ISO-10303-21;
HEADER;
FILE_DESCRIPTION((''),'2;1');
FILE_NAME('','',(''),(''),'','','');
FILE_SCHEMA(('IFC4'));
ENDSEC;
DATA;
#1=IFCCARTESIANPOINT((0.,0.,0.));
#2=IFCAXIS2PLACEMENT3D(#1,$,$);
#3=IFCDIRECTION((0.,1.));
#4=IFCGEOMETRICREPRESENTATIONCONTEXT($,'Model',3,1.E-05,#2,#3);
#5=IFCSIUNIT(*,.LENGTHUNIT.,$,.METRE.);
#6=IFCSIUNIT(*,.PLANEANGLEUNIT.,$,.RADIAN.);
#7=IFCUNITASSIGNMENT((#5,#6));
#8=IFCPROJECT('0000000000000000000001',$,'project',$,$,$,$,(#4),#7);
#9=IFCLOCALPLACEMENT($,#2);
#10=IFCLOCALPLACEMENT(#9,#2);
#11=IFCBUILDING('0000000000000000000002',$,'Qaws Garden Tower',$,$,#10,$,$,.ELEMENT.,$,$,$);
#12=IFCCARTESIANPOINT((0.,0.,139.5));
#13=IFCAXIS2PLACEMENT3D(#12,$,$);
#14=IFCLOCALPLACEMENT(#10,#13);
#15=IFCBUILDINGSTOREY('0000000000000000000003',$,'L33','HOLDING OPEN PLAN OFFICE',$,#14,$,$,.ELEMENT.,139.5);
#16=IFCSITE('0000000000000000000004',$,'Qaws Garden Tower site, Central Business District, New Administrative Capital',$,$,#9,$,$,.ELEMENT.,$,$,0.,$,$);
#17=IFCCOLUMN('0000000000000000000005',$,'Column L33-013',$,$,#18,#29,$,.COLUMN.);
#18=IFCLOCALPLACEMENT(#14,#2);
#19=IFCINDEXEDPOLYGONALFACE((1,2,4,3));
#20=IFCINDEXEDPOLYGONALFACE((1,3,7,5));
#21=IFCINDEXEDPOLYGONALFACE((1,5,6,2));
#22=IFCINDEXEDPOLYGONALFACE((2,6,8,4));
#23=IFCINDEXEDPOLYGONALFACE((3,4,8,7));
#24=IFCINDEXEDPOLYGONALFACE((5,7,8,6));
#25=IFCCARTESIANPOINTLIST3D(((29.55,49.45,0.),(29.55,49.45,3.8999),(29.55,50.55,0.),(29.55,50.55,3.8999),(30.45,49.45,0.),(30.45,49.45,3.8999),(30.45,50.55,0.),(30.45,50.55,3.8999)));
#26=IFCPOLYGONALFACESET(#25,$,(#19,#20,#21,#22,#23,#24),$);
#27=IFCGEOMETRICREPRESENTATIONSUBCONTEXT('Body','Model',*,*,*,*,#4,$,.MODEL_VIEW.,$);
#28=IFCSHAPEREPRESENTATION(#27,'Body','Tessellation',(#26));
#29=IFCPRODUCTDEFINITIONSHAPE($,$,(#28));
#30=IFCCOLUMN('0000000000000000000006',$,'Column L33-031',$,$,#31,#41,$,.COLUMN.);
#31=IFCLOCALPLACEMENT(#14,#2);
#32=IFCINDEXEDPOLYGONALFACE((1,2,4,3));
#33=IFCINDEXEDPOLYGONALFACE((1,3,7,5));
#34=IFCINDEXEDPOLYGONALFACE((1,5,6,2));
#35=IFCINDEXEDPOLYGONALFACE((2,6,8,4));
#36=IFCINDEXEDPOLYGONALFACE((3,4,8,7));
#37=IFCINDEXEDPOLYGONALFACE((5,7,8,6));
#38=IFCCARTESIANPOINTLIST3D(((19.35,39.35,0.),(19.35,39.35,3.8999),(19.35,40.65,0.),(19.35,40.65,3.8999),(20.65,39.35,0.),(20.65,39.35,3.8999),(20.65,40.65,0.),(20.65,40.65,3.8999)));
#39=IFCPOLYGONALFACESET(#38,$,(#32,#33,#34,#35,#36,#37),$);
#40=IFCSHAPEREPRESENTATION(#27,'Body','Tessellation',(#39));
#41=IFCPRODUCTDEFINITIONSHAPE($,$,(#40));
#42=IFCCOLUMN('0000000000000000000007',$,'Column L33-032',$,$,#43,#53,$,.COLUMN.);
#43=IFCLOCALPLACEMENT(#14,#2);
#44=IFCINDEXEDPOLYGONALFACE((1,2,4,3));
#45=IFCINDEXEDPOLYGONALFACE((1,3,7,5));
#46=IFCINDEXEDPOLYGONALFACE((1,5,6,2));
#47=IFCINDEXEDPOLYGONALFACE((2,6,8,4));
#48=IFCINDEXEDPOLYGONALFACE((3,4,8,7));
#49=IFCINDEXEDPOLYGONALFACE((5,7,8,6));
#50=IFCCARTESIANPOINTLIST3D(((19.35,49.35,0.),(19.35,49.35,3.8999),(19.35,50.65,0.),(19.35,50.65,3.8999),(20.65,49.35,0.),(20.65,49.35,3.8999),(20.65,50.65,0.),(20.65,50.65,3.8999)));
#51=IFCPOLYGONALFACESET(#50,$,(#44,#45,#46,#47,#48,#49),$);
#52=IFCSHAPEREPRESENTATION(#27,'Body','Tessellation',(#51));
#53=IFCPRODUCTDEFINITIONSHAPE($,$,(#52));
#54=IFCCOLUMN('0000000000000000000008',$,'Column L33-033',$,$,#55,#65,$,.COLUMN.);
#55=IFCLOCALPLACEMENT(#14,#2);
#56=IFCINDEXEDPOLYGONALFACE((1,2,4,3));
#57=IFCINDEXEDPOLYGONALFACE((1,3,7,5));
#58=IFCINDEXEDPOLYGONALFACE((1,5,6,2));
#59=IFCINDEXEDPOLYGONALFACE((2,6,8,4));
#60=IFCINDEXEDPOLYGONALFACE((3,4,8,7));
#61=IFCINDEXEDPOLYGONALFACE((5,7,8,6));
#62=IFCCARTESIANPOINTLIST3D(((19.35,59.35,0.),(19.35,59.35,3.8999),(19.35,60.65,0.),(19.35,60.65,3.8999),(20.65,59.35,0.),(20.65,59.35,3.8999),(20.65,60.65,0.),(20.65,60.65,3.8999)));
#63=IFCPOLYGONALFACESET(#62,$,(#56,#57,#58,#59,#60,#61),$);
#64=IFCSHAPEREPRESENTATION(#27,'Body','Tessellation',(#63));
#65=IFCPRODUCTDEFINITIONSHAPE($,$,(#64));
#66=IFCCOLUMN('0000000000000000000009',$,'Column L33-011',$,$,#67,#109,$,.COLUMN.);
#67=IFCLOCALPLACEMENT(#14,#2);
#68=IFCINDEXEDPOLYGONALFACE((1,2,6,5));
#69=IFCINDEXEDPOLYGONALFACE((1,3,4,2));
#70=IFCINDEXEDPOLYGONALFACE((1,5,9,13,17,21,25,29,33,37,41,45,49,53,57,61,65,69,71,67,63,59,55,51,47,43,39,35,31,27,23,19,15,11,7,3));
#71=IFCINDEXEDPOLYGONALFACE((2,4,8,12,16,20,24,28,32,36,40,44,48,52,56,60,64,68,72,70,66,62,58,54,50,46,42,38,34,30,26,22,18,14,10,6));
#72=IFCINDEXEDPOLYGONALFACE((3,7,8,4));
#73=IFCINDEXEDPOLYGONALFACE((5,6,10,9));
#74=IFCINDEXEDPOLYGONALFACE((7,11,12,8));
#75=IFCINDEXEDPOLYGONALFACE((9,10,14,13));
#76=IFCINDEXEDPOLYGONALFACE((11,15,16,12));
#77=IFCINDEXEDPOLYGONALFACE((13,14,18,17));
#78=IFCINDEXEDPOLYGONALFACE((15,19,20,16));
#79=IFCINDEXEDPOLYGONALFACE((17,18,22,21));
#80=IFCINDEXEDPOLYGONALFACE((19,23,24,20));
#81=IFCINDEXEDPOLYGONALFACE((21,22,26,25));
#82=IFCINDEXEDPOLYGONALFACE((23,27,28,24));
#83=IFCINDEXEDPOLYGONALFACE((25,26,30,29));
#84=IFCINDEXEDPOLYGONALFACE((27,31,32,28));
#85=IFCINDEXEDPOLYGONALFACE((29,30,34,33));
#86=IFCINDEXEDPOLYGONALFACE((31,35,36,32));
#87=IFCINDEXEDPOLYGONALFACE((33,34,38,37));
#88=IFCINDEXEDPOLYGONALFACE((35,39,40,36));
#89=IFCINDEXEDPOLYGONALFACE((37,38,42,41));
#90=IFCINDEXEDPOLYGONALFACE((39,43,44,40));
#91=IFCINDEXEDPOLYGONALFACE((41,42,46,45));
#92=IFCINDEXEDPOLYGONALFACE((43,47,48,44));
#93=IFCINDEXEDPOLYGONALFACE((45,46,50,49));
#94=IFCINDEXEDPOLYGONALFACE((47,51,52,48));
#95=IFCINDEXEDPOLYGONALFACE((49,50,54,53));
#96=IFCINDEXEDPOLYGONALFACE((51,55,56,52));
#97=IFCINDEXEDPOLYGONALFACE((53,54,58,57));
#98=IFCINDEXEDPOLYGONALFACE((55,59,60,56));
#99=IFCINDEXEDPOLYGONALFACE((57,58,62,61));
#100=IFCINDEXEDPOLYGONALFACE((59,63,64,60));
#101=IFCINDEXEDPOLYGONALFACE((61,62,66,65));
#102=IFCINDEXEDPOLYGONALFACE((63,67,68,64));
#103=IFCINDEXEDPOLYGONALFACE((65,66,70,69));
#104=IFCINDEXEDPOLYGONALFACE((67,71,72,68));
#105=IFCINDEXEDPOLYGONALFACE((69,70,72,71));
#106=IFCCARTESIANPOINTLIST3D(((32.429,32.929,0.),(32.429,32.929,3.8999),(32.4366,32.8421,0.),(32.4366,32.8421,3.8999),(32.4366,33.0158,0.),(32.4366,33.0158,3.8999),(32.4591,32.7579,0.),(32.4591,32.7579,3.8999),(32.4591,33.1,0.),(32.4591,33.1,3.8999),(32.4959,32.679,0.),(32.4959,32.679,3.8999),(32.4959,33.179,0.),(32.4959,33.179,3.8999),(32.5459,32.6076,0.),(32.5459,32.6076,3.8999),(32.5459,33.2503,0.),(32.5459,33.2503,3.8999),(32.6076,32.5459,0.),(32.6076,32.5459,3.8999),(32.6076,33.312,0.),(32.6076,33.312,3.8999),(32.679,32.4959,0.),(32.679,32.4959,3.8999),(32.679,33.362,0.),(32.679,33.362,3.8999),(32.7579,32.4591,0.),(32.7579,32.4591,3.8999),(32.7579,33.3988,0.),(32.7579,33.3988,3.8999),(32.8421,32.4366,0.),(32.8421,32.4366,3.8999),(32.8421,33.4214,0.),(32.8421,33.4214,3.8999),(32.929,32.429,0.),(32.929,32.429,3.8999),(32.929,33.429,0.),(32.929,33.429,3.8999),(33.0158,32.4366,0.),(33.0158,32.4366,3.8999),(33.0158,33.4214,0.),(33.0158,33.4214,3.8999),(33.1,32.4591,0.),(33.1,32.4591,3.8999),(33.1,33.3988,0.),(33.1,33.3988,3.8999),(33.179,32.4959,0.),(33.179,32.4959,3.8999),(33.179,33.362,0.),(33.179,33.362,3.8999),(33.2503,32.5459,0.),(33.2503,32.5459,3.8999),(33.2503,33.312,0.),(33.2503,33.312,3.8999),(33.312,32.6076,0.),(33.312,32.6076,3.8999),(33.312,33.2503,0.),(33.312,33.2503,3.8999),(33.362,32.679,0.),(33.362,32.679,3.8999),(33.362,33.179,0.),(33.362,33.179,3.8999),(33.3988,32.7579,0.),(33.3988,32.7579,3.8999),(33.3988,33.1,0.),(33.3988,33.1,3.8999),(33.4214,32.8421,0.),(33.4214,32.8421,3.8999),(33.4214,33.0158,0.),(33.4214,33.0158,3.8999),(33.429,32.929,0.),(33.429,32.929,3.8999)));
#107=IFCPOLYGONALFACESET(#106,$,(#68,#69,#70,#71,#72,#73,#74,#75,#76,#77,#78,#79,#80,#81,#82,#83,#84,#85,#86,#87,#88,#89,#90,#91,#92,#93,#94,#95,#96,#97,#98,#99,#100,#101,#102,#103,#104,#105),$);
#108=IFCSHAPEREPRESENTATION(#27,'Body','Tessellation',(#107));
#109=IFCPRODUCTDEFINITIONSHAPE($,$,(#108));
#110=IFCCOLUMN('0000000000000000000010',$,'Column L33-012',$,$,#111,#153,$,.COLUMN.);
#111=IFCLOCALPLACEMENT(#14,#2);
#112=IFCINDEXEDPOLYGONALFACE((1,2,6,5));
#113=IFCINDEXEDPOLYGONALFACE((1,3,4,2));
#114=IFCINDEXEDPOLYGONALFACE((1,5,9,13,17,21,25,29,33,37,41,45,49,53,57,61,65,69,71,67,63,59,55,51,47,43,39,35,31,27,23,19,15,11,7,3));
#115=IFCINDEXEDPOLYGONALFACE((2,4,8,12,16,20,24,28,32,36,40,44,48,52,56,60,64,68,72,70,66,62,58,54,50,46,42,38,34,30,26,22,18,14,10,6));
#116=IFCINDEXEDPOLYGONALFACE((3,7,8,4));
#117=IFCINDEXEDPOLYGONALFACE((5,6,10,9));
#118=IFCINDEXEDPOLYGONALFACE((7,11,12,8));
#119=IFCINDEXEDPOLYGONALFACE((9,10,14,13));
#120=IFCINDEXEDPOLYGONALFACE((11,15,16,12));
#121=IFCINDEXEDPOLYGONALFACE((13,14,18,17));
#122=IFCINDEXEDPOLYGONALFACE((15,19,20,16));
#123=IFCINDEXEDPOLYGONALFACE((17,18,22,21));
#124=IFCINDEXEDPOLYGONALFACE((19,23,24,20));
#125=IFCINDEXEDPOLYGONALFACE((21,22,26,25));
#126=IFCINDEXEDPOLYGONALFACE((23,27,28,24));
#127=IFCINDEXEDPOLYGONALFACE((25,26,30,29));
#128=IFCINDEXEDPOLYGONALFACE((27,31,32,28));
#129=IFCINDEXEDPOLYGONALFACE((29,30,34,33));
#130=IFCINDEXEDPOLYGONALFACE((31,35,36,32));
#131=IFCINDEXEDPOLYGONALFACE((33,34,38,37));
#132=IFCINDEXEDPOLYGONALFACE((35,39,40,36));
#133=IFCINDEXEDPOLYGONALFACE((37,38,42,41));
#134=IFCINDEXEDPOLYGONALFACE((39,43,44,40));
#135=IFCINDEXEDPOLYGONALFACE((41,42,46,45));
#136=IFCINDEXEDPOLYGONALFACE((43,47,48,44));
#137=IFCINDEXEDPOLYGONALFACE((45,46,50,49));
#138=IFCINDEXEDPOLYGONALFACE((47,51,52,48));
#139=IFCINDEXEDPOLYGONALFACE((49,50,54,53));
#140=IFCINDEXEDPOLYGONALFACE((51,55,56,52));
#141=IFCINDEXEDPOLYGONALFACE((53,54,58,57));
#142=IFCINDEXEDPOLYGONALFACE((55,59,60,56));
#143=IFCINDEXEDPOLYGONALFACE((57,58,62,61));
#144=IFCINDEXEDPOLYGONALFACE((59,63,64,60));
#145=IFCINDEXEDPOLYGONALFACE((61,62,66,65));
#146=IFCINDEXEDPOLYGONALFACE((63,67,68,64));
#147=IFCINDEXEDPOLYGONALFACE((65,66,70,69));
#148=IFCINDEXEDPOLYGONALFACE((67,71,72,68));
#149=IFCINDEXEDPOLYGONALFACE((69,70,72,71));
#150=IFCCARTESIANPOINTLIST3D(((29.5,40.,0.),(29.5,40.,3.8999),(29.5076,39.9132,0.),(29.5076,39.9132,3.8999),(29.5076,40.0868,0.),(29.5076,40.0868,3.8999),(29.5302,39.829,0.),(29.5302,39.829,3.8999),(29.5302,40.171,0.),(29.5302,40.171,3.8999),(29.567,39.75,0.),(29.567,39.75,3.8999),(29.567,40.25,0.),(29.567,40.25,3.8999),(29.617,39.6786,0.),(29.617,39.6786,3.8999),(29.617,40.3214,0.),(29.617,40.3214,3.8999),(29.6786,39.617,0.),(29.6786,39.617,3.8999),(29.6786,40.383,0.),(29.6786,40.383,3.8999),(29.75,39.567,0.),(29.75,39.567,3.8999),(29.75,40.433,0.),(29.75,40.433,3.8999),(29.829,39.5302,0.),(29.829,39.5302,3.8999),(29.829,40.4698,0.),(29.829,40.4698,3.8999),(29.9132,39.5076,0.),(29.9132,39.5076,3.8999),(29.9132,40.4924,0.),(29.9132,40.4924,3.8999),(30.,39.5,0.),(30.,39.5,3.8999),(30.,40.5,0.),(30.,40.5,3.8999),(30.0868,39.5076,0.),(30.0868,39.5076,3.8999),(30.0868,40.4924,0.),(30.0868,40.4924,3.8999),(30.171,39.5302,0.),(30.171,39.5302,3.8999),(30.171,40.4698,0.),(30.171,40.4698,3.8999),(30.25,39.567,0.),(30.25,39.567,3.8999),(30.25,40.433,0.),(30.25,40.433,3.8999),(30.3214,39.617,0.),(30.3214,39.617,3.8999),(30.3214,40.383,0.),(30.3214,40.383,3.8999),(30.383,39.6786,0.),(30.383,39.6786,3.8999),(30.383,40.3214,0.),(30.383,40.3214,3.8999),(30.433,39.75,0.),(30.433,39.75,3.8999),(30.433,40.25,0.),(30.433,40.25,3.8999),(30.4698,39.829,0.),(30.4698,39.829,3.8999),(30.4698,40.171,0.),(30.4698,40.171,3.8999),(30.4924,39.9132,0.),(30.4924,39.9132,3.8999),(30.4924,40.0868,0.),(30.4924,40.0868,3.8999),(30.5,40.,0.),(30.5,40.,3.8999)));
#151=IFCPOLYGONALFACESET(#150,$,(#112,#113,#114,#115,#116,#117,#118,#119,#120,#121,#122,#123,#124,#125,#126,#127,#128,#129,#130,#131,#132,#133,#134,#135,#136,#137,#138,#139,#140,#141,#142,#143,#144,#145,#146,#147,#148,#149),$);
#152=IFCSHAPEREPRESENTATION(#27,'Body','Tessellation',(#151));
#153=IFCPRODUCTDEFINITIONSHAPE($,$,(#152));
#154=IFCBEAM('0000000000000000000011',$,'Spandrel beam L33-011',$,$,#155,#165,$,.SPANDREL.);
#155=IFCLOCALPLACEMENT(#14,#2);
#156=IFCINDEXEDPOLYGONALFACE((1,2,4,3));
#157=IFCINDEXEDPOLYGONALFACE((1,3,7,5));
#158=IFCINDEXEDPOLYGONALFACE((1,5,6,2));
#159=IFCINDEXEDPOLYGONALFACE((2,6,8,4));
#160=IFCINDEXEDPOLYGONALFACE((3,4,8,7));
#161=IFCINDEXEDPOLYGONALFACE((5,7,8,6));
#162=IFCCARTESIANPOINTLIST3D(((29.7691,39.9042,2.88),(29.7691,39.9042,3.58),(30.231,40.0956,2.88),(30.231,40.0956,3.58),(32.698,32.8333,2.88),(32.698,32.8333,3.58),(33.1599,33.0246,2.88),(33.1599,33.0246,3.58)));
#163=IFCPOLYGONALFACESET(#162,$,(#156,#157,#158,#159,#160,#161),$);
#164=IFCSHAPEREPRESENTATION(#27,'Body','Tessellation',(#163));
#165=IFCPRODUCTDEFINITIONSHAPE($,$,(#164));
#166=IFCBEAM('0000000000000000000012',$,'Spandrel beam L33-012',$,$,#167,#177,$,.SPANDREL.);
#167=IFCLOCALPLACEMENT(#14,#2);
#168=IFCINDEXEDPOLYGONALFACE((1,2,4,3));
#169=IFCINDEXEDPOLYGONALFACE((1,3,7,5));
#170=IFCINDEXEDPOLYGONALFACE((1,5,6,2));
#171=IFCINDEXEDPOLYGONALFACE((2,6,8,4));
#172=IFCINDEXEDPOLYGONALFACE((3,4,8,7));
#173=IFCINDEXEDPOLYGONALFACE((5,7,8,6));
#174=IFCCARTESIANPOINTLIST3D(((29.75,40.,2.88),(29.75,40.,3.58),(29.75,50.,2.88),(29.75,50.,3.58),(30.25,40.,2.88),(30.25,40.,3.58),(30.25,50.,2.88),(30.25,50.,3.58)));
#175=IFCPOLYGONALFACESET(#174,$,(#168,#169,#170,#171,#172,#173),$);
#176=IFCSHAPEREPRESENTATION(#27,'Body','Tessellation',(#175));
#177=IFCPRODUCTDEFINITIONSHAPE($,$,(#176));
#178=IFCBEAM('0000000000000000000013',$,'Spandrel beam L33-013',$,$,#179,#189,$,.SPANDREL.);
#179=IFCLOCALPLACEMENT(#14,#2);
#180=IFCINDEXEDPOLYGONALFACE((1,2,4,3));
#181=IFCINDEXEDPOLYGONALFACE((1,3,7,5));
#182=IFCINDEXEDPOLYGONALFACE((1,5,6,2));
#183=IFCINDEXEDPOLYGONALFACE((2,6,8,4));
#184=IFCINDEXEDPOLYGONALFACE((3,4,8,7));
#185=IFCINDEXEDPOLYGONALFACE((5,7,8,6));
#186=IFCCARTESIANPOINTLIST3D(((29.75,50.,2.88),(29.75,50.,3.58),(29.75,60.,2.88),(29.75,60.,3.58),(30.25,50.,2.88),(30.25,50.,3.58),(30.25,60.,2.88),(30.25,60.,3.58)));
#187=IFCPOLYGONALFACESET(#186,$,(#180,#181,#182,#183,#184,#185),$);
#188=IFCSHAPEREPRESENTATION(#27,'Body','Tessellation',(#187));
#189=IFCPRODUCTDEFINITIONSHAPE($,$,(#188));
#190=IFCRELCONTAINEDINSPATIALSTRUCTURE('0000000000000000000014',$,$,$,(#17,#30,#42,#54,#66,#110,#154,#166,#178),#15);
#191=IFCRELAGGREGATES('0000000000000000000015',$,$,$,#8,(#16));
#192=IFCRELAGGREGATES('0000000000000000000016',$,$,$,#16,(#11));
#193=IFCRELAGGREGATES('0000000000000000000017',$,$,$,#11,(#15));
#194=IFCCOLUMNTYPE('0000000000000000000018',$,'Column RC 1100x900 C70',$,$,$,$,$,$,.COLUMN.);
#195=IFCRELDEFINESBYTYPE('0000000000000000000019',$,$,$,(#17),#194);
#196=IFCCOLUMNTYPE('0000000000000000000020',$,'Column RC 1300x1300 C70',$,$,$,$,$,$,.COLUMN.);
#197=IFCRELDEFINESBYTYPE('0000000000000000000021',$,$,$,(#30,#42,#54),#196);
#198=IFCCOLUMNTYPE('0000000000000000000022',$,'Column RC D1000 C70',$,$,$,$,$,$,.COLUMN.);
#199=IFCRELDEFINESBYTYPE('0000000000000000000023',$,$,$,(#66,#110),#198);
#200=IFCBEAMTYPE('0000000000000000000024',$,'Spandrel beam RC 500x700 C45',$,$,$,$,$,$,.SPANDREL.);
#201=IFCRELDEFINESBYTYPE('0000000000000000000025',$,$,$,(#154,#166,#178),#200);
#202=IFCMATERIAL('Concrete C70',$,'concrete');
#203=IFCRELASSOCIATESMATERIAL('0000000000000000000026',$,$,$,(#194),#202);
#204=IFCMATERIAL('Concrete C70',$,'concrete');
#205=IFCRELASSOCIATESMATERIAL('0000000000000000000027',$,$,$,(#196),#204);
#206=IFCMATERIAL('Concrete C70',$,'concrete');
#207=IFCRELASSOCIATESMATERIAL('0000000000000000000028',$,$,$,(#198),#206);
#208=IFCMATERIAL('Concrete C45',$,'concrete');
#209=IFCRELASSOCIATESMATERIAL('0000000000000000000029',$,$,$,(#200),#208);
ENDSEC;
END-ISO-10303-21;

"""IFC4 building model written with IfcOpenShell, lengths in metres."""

from ifc_helpers import new_model, si_unit, direction, frame, origin, origin_2d, place, context, subcontext, project, spatial, rectangle, circle, extrude, material, material_profile, profile_set, type_object, element, save


model = new_model("IFC4")

# Units and contexts
model_context = context("Model", 3, precision=1e-05, world=origin(), true_north=direction((0.0, 1.0)))
body_context = subcontext(model_context, "Body", "Model", "MODEL_VIEW")
ifc_project = project(units=[si_unit("LENGTHUNIT", "METRE"), si_unit("PLANEANGLEUNIT", "RADIAN")], contexts=[model_context])

# Site, building, storey
site_placement = place(None, origin())
site = spatial("IfcSite", under=ifc_project, at=site_placement, Name="Qaws Garden Tower site, Central Business District, New Administrative Capital", CompositionType="ELEMENT", RefElevation=0.0)
building_placement = place(site_placement, origin())
building = spatial("IfcBuilding", under=site, at=building_placement, Name="Qaws Garden Tower", CompositionType="ELEMENT")
storey_placement = place(building_placement, frame((0.0, 0.0, 139.5)))
storey = spatial("IfcBuildingStorey", under=building, at=storey_placement, Name="L33", Description="HOLDING OPEN PLAN OFFICE", CompositionType="ELEMENT", Elevation=139.5)

# Columns
ifc_material_1 = material(Name="Concrete C70", Category="concrete")
ifc_material_profile_1 = material_profile(ifc_material_1, rectangle(XDim=1.1001, YDim=0.8999, at=origin_2d()), Name="RC 1100x900")
ifc_profile_set_1 = profile_set([ifc_material_profile_1], Name="Concrete C70")
column_type_1 = type_object("IfcColumnType", Name="Column RC 1100x900 C70", PredefinedType="COLUMN", material=ifc_profile_set_1)
column_placement = place(storey_placement, frame((30.0, 50.0, 0.0), z_axis=(0.0, 0.0, 1.0), x_axis=(0.0, 1.0, 0.0)))
element("IfcColumn", 1, at=column_placement, inside=storey, type_object=column_type_1, Name="Column L33-013", PredefinedType="COLUMN", context=body_context, shape_type="SweptSolid", body=[
    extrude(rectangle(XDim=1.1001, YDim=0.8999, at=origin_2d()), origin(), (0.0, 0.0, 1.0), 3.8999),
])
ifc_material_2 = material(Name="Concrete C70", Category="concrete")
ifc_material_profile_2 = material_profile(ifc_material_2, rectangle(XDim=1.3, YDim=1.3, at=origin_2d()), Name="RC 1300x1300")
ifc_profile_set_2 = profile_set([ifc_material_profile_2], Name="Concrete C70")
column_type_2 = type_object("IfcColumnType", Name="Column RC 1300x1300 C70", PredefinedType="COLUMN", material=ifc_profile_set_2)
for number, where, z_axis, x_axis, name in (
    (2, (20.0, 40.0, 0.0), (0.0, 0.0, 1.0), (1.0, 0.0, 0.0), "Column L33-031"),
    (3, (20.0, 50.0, 0.0), (0.0, 0.0, 1.0), (1.0, 0.0, 0.0), "Column L33-032"),
    (4, (20.0, 60.0, 0.0), (0.0, 0.0, 1.0), (1.0, 0.0, 0.0), "Column L33-033"),
):
    element("IfcColumn", number, at=place(storey_placement, frame(where, z_axis=z_axis, x_axis=x_axis)), inside=storey, type_object=column_type_2, Name=name, PredefinedType="COLUMN", context=body_context, shape_type="SweptSolid", body=[
        extrude(rectangle(XDim=1.3, YDim=1.3, at=origin_2d()), origin(), (0.0, 0.0, 1.0), 3.8999),
    ])
ifc_material_3 = material(Name="Concrete C70", Category="concrete")
ifc_material_profile_3 = material_profile(ifc_material_3, circle(Radius=0.5, at=origin_2d()), Name="RC D1000")
ifc_profile_set_3 = profile_set([ifc_material_profile_3], Name="Concrete C70")
column_type_3 = type_object("IfcColumnType", Name="Column RC D1000 C70", PredefinedType="COLUMN", material=ifc_profile_set_3)
for number, where, z_axis, x_axis, name in (
    (5, (32.929, 32.929, 0.0), (0.0, 0.0, 1.0), (1.0, 0.0, 0.0), "Column L33-011"),
    (6, (30.0, 40.0, 0.0), (0.0, 0.0, 1.0), (1.0, 0.0, 0.0), "Column L33-012"),
):
    element("IfcColumn", number, at=place(storey_placement, frame(where, z_axis=z_axis, x_axis=x_axis)), inside=storey, type_object=column_type_3, Name=name, PredefinedType="COLUMN", context=body_context, shape_type="SweptSolid", body=[
        extrude(circle(Radius=0.5, at=origin_2d()), origin(), (0.0, 0.0, 1.0), 3.8999),
    ])

# Beams
ifc_material_4 = material(Name="Concrete C45", Category="concrete")
ifc_material_profile_4 = material_profile(ifc_material_4, rectangle(XDim=0.5, YDim=0.7, at=origin_2d()), Name="RC 500x700")
ifc_profile_set_4 = profile_set([ifc_material_profile_4], Name="Concrete C45")
beam_type = type_object("IfcBeamType", Name="Spandrel beam RC 500x700 C45", PredefinedType="SPANDREL", material=ifc_profile_set_4)
beam_placement = place(storey_placement, frame((32.929, 32.929, 3.23), z_axis=(-0.382687, 0.923878, 0.0), x_axis=(-0.923878, -0.382687, 0.0)))
element("IfcBeam", 7, at=beam_placement, inside=storey, type_object=beam_type, Name="Spandrel beam L33-011", PredefinedType="SPANDREL", context=body_context, shape_type="SweptSolid", body=[
    extrude(rectangle(XDim=0.5, YDim=0.7, at=origin_2d()), origin(), (0.0, 0.0, 1.0), 7.6536),
])
for number, where, z_axis, x_axis, name in (
    (8, (30.0, 40.0, 3.23), (0.0, 1.0, 0.0), (-1.0, 0.0, 0.0), "Spandrel beam L33-012"),
    (9, (30.0, 50.0, 3.23), (0.0, 1.0, 0.0), (-1.0, 0.0, 0.0), "Spandrel beam L33-013"),
):
    element("IfcBeam", number, at=place(storey_placement, frame(where, z_axis=z_axis, x_axis=x_axis)), inside=storey, type_object=beam_type, Name=name, PredefinedType="SPANDREL", context=body_context, shape_type="SweptSolid", body=[
        extrude(rectangle(XDim=0.5, YDim=0.7, at=origin_2d()), origin(), (0.0, 0.0, 1.0), 10.0),
    ])

save(model, "model.ifc")
